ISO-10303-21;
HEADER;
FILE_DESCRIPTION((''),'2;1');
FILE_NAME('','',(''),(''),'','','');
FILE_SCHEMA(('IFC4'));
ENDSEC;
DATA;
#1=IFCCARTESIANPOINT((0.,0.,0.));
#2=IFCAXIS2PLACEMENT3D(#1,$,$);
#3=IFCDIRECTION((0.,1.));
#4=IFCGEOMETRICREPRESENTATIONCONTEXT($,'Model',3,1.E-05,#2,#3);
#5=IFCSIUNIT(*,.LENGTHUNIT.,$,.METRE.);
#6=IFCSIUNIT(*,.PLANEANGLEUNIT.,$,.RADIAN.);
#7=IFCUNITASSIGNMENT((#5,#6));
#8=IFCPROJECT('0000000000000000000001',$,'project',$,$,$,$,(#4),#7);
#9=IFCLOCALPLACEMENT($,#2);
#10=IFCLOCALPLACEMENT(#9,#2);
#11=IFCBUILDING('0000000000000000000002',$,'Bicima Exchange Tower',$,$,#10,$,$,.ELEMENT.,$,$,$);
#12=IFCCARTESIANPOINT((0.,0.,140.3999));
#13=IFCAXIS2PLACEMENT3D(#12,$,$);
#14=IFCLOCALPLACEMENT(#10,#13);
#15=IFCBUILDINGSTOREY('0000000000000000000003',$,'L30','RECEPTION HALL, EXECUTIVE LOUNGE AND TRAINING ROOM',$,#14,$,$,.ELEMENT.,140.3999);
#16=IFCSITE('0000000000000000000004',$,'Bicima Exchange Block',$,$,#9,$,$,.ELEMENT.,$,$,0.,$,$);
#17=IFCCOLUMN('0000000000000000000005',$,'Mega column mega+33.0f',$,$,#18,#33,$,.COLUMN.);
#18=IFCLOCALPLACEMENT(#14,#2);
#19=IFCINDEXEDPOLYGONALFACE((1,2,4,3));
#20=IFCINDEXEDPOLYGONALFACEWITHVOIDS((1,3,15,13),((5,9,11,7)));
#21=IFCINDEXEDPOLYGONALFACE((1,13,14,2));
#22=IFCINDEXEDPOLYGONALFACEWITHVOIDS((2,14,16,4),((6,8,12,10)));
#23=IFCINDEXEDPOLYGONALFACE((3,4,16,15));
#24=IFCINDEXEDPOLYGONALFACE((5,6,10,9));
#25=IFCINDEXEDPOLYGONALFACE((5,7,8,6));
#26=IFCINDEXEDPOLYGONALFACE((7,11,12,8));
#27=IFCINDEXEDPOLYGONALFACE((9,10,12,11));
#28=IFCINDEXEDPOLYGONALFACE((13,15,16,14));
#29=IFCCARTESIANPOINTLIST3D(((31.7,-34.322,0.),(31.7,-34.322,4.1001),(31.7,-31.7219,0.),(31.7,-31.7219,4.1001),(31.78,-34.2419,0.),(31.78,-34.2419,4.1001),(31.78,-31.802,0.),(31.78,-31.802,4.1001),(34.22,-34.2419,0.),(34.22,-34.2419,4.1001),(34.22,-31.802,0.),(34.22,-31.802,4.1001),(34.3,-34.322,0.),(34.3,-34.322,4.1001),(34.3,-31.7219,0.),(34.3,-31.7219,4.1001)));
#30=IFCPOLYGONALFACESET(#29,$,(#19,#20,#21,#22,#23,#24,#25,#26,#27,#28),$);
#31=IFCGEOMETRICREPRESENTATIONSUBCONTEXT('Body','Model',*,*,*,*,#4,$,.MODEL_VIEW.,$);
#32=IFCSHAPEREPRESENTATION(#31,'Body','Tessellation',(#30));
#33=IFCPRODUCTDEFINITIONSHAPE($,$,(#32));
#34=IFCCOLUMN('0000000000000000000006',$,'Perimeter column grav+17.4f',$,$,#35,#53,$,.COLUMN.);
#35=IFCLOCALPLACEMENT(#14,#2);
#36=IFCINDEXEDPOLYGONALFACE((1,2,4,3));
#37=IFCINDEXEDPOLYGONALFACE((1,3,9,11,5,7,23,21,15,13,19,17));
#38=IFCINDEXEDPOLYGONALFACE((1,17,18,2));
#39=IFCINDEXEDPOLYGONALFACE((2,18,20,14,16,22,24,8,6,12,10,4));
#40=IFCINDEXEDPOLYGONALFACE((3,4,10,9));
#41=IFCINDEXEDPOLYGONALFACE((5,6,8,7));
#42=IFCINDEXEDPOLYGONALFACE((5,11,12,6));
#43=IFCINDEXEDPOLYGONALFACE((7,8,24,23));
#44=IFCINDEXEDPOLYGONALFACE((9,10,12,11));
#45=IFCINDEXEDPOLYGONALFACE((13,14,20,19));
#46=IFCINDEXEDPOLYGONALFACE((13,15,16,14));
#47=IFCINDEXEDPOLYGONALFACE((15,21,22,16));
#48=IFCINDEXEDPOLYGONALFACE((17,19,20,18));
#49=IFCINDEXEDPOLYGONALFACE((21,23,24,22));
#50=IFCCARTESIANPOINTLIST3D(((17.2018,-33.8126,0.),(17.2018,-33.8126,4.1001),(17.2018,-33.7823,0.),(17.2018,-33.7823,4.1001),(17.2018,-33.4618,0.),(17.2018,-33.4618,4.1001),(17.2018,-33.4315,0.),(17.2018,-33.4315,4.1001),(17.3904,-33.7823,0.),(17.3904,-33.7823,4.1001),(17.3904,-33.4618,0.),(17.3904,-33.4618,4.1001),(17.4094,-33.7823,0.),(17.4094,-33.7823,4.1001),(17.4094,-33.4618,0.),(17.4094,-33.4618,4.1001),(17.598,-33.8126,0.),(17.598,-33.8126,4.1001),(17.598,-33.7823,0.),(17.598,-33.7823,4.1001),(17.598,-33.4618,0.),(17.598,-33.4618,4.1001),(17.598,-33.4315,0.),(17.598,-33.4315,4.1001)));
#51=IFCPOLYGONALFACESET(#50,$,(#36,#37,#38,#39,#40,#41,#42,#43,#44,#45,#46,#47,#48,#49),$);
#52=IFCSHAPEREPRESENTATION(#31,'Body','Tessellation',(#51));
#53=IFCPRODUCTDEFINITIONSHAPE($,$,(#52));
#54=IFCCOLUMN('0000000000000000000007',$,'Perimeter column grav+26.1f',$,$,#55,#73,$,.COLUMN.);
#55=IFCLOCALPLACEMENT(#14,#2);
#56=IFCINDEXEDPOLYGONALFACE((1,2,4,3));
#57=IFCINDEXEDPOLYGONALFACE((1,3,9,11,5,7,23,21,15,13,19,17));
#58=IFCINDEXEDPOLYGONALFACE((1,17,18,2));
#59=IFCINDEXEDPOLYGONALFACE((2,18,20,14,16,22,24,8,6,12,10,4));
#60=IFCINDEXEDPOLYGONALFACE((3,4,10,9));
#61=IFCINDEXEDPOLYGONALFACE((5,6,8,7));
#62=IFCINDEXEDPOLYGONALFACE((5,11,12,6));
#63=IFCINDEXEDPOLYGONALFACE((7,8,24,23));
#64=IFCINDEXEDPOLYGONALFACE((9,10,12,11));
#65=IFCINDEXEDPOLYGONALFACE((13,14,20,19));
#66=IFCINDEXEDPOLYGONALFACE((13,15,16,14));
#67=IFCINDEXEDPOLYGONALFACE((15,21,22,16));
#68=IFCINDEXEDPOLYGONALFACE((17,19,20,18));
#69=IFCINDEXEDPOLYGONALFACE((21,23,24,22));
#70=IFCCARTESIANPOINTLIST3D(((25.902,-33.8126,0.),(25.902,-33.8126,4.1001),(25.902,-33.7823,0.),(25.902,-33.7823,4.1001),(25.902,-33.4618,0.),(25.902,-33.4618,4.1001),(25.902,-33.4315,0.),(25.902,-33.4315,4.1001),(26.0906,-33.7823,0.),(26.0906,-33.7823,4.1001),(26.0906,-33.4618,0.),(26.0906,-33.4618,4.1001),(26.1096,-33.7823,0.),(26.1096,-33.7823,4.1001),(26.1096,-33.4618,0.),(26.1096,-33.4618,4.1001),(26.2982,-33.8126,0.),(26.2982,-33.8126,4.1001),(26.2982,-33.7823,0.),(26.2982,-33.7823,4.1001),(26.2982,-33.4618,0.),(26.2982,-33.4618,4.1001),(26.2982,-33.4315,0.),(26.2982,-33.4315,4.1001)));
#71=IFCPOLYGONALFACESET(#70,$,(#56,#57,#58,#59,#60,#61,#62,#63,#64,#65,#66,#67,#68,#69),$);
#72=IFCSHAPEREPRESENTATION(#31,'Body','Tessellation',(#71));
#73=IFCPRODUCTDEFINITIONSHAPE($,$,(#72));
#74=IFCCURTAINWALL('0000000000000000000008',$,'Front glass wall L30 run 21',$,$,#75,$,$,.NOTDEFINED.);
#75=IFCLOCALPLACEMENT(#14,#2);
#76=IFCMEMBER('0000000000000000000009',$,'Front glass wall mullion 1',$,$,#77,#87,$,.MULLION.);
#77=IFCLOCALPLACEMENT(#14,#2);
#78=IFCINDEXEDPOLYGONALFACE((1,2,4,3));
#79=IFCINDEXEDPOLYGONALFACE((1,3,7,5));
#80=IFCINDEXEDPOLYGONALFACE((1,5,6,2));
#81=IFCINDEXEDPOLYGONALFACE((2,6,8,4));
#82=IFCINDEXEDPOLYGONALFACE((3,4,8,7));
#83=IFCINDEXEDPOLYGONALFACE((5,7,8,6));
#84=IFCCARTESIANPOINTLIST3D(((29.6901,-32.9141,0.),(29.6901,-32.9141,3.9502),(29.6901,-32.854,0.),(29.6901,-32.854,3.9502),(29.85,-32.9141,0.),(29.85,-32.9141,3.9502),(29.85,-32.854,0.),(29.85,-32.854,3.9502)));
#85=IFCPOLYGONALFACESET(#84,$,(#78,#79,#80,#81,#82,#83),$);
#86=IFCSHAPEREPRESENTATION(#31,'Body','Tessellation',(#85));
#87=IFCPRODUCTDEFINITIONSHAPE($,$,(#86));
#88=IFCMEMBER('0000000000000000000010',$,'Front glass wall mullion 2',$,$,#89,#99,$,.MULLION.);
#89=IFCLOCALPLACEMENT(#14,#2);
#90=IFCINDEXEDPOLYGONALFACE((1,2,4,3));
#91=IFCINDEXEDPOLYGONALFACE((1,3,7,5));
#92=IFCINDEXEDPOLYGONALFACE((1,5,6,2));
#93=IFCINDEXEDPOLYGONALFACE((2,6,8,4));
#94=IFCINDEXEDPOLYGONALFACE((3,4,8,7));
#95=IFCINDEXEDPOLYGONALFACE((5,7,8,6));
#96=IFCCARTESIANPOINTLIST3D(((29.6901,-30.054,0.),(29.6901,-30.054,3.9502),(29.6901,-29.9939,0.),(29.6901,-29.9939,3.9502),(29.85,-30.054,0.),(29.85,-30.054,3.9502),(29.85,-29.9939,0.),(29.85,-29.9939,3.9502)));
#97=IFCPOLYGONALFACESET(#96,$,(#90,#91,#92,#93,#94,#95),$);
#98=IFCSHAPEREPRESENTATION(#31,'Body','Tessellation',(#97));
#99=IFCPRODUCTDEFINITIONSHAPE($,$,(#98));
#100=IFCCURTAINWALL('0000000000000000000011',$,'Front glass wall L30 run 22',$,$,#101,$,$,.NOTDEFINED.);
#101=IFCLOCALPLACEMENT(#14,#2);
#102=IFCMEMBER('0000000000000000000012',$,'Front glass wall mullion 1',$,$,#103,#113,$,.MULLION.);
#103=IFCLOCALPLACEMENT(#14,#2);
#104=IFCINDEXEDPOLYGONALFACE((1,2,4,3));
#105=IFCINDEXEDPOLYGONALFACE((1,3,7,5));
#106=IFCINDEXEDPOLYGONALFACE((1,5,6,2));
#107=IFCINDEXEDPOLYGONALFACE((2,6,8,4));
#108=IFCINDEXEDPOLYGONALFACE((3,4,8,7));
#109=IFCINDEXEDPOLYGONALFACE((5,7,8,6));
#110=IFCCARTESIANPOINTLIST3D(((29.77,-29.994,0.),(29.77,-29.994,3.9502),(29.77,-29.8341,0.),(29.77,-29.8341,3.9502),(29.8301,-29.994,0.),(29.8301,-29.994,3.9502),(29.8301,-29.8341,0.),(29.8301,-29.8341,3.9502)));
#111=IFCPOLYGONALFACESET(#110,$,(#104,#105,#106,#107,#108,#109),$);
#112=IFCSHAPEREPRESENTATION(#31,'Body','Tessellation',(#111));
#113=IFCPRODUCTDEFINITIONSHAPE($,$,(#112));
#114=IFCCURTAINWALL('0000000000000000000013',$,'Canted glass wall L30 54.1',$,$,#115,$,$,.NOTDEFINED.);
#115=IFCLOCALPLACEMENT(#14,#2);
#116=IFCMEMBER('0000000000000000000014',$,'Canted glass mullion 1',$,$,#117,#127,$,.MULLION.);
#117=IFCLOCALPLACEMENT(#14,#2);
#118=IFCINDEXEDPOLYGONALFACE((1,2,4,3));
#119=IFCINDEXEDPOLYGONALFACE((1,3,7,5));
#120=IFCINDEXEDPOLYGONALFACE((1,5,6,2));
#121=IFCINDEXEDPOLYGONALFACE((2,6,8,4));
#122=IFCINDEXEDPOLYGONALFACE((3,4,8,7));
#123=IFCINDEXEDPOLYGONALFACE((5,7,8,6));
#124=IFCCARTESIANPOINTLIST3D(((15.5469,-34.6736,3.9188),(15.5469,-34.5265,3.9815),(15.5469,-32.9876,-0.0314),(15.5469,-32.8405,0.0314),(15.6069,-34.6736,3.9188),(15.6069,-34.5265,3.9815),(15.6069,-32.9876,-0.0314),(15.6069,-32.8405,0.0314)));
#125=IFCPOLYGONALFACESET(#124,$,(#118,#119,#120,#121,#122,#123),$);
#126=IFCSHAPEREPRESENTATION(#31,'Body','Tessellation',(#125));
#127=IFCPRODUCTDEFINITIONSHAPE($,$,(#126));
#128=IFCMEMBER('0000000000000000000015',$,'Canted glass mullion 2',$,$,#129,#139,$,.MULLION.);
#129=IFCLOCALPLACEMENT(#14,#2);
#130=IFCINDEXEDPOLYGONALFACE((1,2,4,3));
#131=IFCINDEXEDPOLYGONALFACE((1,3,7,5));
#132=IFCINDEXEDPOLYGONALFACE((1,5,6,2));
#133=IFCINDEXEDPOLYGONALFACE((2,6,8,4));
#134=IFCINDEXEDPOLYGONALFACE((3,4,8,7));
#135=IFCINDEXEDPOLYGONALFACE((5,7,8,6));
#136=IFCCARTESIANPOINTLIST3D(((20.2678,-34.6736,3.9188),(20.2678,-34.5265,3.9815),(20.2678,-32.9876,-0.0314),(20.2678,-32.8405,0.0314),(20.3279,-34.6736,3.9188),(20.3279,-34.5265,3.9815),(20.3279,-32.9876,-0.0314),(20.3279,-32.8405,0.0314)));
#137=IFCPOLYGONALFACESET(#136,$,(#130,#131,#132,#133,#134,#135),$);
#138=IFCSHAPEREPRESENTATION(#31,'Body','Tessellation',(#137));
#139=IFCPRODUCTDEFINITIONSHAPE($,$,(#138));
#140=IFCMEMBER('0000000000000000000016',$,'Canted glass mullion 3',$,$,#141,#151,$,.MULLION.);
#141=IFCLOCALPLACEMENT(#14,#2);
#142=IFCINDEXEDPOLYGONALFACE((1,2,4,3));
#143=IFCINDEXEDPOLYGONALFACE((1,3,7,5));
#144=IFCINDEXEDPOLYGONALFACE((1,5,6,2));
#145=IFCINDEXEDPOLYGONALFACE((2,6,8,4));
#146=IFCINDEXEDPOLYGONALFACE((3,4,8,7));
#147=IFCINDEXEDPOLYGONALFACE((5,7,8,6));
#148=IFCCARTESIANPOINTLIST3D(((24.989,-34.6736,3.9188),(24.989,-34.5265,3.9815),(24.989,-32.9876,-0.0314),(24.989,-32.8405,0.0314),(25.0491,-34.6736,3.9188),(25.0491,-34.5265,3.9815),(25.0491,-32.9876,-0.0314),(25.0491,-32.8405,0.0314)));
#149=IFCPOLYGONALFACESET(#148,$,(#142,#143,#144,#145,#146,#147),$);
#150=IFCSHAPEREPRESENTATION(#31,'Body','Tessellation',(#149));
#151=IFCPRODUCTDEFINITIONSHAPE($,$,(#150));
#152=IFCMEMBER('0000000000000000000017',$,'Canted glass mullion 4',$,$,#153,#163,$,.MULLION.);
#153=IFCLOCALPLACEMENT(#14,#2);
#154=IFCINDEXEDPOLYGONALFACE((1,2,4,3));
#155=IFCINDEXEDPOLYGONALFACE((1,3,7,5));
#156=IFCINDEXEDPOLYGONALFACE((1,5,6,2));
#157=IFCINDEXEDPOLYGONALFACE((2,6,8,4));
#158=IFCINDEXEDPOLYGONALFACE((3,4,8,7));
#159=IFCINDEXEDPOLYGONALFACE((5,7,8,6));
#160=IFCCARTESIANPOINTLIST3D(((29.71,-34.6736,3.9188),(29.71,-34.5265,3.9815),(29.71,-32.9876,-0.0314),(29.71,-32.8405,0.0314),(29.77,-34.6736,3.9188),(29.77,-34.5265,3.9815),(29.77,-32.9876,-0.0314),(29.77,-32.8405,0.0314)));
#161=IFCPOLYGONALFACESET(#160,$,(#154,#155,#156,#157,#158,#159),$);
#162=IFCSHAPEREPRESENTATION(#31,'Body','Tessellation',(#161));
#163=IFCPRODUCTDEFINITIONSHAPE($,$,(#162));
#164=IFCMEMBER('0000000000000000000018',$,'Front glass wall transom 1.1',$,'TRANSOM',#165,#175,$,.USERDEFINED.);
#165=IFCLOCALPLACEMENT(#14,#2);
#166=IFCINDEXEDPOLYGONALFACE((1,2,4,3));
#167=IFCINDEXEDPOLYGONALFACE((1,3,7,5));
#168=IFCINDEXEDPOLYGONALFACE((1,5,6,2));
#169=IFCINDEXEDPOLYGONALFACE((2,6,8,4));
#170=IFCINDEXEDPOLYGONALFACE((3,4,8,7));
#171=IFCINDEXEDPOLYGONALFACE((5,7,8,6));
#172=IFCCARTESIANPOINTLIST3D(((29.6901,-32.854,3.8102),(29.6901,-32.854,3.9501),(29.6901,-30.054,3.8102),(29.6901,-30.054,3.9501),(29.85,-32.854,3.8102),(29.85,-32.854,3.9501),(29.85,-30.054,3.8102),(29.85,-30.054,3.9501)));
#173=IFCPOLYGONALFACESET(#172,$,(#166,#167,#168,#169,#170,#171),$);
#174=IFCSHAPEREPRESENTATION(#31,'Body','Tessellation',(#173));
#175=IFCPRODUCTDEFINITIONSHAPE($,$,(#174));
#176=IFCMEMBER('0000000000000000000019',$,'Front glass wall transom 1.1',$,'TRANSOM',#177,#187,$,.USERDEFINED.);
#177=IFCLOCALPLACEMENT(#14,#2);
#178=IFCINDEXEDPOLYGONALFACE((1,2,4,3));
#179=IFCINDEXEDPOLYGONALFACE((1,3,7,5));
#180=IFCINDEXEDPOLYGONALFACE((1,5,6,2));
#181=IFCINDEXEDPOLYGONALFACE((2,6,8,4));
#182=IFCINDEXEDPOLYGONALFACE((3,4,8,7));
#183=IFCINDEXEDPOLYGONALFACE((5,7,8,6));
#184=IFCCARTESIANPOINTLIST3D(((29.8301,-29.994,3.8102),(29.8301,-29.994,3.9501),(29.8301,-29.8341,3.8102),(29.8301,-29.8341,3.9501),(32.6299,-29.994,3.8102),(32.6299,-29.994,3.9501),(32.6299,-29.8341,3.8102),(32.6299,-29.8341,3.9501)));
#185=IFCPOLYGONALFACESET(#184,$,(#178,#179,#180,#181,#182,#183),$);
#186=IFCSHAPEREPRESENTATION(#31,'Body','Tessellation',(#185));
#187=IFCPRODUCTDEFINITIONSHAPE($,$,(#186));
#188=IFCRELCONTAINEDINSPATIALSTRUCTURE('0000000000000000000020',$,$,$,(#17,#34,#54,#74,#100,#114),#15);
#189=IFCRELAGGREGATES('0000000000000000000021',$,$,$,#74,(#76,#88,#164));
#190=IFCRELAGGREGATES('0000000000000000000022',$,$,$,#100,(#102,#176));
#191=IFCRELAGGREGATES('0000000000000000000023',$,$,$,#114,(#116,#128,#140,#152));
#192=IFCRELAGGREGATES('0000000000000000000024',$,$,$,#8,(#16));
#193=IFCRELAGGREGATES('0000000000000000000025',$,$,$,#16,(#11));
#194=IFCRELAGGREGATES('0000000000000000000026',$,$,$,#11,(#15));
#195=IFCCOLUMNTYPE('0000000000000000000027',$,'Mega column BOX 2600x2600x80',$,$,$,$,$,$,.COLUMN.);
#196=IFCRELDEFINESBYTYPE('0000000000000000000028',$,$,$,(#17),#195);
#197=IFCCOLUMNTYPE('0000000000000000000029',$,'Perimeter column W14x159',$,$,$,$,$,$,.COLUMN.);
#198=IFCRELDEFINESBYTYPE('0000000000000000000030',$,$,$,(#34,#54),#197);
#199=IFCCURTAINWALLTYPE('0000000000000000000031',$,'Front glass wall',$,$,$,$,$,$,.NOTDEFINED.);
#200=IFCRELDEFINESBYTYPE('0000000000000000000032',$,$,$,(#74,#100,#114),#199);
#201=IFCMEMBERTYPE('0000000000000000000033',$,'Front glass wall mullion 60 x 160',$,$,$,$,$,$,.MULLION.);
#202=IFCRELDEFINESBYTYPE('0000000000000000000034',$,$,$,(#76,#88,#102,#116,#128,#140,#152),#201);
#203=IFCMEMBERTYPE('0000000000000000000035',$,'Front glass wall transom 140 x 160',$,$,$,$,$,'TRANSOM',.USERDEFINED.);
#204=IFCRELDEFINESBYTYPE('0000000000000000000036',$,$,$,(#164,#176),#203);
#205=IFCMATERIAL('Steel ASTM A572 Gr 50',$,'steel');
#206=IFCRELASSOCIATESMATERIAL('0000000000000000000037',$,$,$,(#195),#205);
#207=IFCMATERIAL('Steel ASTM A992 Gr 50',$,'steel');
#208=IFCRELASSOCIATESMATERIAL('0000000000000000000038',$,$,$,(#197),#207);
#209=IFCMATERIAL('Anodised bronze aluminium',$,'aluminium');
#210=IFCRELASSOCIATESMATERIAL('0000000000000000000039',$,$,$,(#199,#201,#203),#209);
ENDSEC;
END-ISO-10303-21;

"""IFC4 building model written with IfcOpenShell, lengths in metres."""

from ifc_helpers import new_model, si_unit, direction, frame, origin, origin_2d, place, context, subcontext, project, spatial, rectangle, hollow_rectangle, i_section, extrude, material, material_profile, profile_set, type_object, element, aggregate, save


model = new_model("IFC4")

# Units and contexts
model_context = context("Model", 3, precision=1e-05, world=origin(), true_north=direction((0.0, 1.0)))
body_context = subcontext(model_context, "Body", "Model", "MODEL_VIEW")
ifc_project = project(units=[si_unit("LENGTHUNIT", "METRE"), si_unit("PLANEANGLEUNIT", "RADIAN")], contexts=[model_context])

# Site, building, storey
site_placement = place(None, origin())
site = spatial("IfcSite", under=ifc_project, at=site_placement, Name="Bicima Exchange Block", CompositionType="ELEMENT", RefElevation=0.0)
building_placement = place(site_placement, origin())
building = spatial("IfcBuilding", under=site, at=building_placement, Name="Bicima Exchange Tower", CompositionType="ELEMENT")
storey_placement = place(building_placement, frame((0.0, 0.0, 140.3999)))
storey = spatial("IfcBuildingStorey", under=building, at=storey_placement, Name="L30", Description="RECEPTION HALL, EXECUTIVE LOUNGE AND TRAINING ROOM", CompositionType="ELEMENT", Elevation=140.3999)

# Columns
ifc_material_1 = material(Name="Steel ASTM A572 Gr 50", Category="steel")
ifc_material_profile_1 = material_profile(ifc_material_1, hollow_rectangle(XDim=2.6001, YDim=2.6001, WallThickness=0.0801, at=origin_2d()))
ifc_profile_set_1 = profile_set([ifc_material_profile_1], Name="Steel ASTM A572 Gr 50")
column_type_1 = type_object("IfcColumnType", Name="Mega column BOX 2600x2600x80", PredefinedType="COLUMN", material=ifc_profile_set_1)
column_placement = place(storey_placement, frame((33.0, -33.022, 0.0), z_axis=(0.0, 0.0, 1.0), x_axis=(1.0, 0.0, 0.0)))
element("IfcColumn", 1, at=column_placement, inside=storey, type_object=column_type_1, Name="Mega column mega+33.0f", PredefinedType="COLUMN", context=body_context, shape_type="SweptSolid", body=[
    extrude(hollow_rectangle(XDim=2.6001, YDim=2.6001, WallThickness=0.0801, at=origin_2d()), origin(), (0.0, 0.0, 1.0), 4.1001),
])
ifc_material_2 = material(Name="Steel ASTM A992 Gr 50", Category="steel")
ifc_material_profile_2 = material_profile(ifc_material_2, i_section(OverallWidth=0.3962, OverallDepth=0.3811, WebThickness=0.019, FlangeThickness=0.0303, at=origin_2d()))
ifc_profile_set_2 = profile_set([ifc_material_profile_2], Name="Steel ASTM A992 Gr 50")
column_type_2 = type_object("IfcColumnType", Name="Perimeter column W14x159", PredefinedType="COLUMN", material=ifc_profile_set_2)
for number, where, z_axis, x_axis, name in (
    (2, (17.3999, -33.6221, 0.0), (0.0, 0.0, 1.0), (1.0, 0.0, 0.0), "Perimeter column grav+17.4f"),
    (3, (26.1001, -33.6221, 0.0), (0.0, 0.0, 1.0), (1.0, 0.0, 0.0), "Perimeter column grav+26.1f"),
):
    element("IfcColumn", number, at=place(storey_placement, frame(where, z_axis=z_axis, x_axis=x_axis)), inside=storey, type_object=column_type_2, Name=name, PredefinedType="COLUMN", context=body_context, shape_type="SweptSolid", body=[
        extrude(i_section(OverallWidth=0.3962, OverallDepth=0.3811, WebThickness=0.019, FlangeThickness=0.0303, at=origin_2d()), origin(), (0.0, 0.0, 1.0), 4.1001),
    ])

# Curtain wall, members
ifc_material_3 = material(Name="Anodised bronze aluminium", Category="aluminium")
curtain_wall_type = type_object("IfcCurtainWallType", Name="Front glass wall", PredefinedType="NOTDEFINED", material=ifc_material_3)
curtain_wall_1_placement = place(storey_placement, origin())
curtain_wall_1 = element("IfcCurtainWall", 4, at=curtain_wall_1_placement, inside=storey, type_object=curtain_wall_type, Name="Front glass wall L30 run 21", PredefinedType="NOTDEFINED")
ifc_material_profile_3 = material_profile(ifc_material_3, rectangle(XDim=0.1599, YDim=0.0601, at=origin_2d()))
ifc_profile_set_3 = profile_set([ifc_material_profile_3], Name="Anodised bronze aluminium")
member_type_1 = type_object("IfcMemberType", Name="Front glass wall mullion 60 x 160", PredefinedType="MULLION", material=ifc_profile_set_3)
member_1_placement = place(storey_placement, frame((29.77, -32.884, 0.0), z_axis=(0.0, 0.0, 1.0), x_axis=(-1.0, 0.0, 0.0)))
member_1 = element("IfcMember", 5, at=member_1_placement, type_object=member_type_1, Name="Front glass wall mullion 1", PredefinedType="MULLION", context=body_context, shape_type="SweptSolid", body=[
    extrude(rectangle(XDim=0.1599, YDim=0.0601, at=origin_2d()), origin(), (0.0, 0.0, 1.0), 3.9502),
])
member_2_placement = place(storey_placement, frame((29.77, -30.0239, 0.0), z_axis=(0.0, 0.0, 1.0), x_axis=(-1.0, 0.0, 0.0)))
member_2 = element("IfcMember", 6, at=member_2_placement, type_object=member_type_1, Name="Front glass wall mullion 2", PredefinedType="MULLION", context=body_context, shape_type="SweptSolid", body=[
    extrude(rectangle(XDim=0.1599, YDim=0.0601, at=origin_2d()), origin(), (0.0, 0.0, 1.0), 3.9502),
])

# Curtain wall, member
curtain_wall_2_placement = place(storey_placement, origin())
curtain_wall_2 = element("IfcCurtainWall", 7, at=curtain_wall_2_placement, inside=storey, type_object=curtain_wall_type, Name="Front glass wall L30 run 22", PredefinedType="NOTDEFINED")
member_3_placement = place(storey_placement, frame((29.8, -29.9141, 0.0), z_axis=(0.0, 0.0, 1.0), x_axis=(0.0, 1.0, 0.0)))
member_3 = element("IfcMember", 8, at=member_3_placement, type_object=member_type_1, Name="Front glass wall mullion 1", PredefinedType="MULLION", context=body_context, shape_type="SweptSolid", body=[
    extrude(rectangle(XDim=0.1599, YDim=0.0601, at=origin_2d()), origin(), (0.0, 0.0, 1.0), 3.9502),
])

# Curtain wall, members
curtain_wall_3_placement = place(storey_placement, origin())
curtain_wall_3 = element("IfcCurtainWall", 9, at=curtain_wall_3_placement, inside=storey, type_object=curtain_wall_type, Name="Canted glass wall L30 54.1", PredefinedType="NOTDEFINED")
member_4_placement = place(storey_placement, frame((15.5769, -32.9141, 0.0), z_axis=(0.0, -0.392561, 0.919726), x_axis=(0.0, 0.919726, 0.392561)))
member_4 = element("IfcMember", 10, at=member_4_placement, type_object=member_type_1, Name="Canted glass mullion 1", PredefinedType="MULLION", context=body_context, shape_type="SweptSolid", body=[
    extrude(rectangle(XDim=0.1599, YDim=0.0601, at=origin_2d()), origin(), (0.0, 0.0, 1.0), 4.2949),
])
member_5_placement = place(storey_placement, frame((20.2979, -32.9141, 0.0), z_axis=(0.0, -0.392561, 0.919726), x_axis=(0.0, 0.919726, 0.392561)))
member_5 = element("IfcMember", 11, at=member_5_placement, type_object=member_type_1, Name="Canted glass mullion 2", PredefinedType="MULLION", context=body_context, shape_type="SweptSolid", body=[
    extrude(rectangle(XDim=0.1599, YDim=0.0601, at=origin_2d()), origin(), (0.0, 0.0, 1.0), 4.2949),
])
member_6_placement = place(storey_placement, frame((25.019, -32.9141, 0.0), z_axis=(0.0, -0.392561, 0.919726), x_axis=(0.0, 0.919726, 0.392561)))
member_6 = element("IfcMember", 12, at=member_6_placement, type_object=member_type_1, Name="Canted glass mullion 3", PredefinedType="MULLION", context=body_context, shape_type="SweptSolid", body=[
    extrude(rectangle(XDim=0.1599, YDim=0.0601, at=origin_2d()), origin(), (0.0, 0.0, 1.0), 4.2949),
])
member_7_placement = place(storey_placement, frame((29.74, -32.9141, 0.0), z_axis=(0.0, -0.392561, 0.919726), x_axis=(0.0, 0.919726, 0.392561)))
member_7 = element("IfcMember", 13, at=member_7_placement, type_object=member_type_1, Name="Canted glass mullion 4", PredefinedType="MULLION", context=body_context, shape_type="SweptSolid", body=[
    extrude(rectangle(XDim=0.1599, YDim=0.0601, at=origin_2d()), origin(), (0.0, 0.0, 1.0), 4.2949),
])

# Members
ifc_material_profile_4 = material_profile(ifc_material_3, rectangle(XDim=0.1599, YDim=0.1399, at=origin_2d()))
ifc_profile_set_4 = profile_set([ifc_material_profile_4], Name="Anodised bronze aluminium")
member_type_2 = type_object("IfcMemberType", Name="Front glass wall transom 140 x 160", ElementType="TRANSOM", PredefinedType="USERDEFINED", material=ifc_profile_set_4)
member_8_placement = place(storey_placement, frame((29.77, -32.854, 3.8801), z_axis=(0.0, 1.0, 0.0), x_axis=(-1.0, 0.0, 0.0)))
member_8 = element("IfcMember", 14, at=member_8_placement, type_object=member_type_2, Name="Front glass wall transom 1.1", ObjectType="TRANSOM", PredefinedType="USERDEFINED", context=body_context, shape_type="SweptSolid", body=[
    extrude(rectangle(XDim=0.1599, YDim=0.1399, at=origin_2d()), origin(), (0.0, 0.0, 1.0), 2.8),
])
member_9_placement = place(storey_placement, frame((29.8301, -29.9141, 3.8801), z_axis=(1.0, 0.0, 0.0), x_axis=(0.0, 1.0, 0.0)))
member_9 = element("IfcMember", 15, at=member_9_placement, type_object=member_type_2, Name="Front glass wall transom 1.1", ObjectType="TRANSOM", PredefinedType="USERDEFINED", context=body_context, shape_type="SweptSolid", body=[
    extrude(rectangle(XDim=0.1599, YDim=0.1399, at=origin_2d()), origin(), (0.0, 0.0, 1.0), 2.7998),
])

aggregate(curtain_wall_1, [member_1, member_2, member_8])
aggregate(curtain_wall_2, [member_3, member_9])
aggregate(curtain_wall_3, [member_4, member_5, member_6, member_7])

save(model, "model.ifc")
